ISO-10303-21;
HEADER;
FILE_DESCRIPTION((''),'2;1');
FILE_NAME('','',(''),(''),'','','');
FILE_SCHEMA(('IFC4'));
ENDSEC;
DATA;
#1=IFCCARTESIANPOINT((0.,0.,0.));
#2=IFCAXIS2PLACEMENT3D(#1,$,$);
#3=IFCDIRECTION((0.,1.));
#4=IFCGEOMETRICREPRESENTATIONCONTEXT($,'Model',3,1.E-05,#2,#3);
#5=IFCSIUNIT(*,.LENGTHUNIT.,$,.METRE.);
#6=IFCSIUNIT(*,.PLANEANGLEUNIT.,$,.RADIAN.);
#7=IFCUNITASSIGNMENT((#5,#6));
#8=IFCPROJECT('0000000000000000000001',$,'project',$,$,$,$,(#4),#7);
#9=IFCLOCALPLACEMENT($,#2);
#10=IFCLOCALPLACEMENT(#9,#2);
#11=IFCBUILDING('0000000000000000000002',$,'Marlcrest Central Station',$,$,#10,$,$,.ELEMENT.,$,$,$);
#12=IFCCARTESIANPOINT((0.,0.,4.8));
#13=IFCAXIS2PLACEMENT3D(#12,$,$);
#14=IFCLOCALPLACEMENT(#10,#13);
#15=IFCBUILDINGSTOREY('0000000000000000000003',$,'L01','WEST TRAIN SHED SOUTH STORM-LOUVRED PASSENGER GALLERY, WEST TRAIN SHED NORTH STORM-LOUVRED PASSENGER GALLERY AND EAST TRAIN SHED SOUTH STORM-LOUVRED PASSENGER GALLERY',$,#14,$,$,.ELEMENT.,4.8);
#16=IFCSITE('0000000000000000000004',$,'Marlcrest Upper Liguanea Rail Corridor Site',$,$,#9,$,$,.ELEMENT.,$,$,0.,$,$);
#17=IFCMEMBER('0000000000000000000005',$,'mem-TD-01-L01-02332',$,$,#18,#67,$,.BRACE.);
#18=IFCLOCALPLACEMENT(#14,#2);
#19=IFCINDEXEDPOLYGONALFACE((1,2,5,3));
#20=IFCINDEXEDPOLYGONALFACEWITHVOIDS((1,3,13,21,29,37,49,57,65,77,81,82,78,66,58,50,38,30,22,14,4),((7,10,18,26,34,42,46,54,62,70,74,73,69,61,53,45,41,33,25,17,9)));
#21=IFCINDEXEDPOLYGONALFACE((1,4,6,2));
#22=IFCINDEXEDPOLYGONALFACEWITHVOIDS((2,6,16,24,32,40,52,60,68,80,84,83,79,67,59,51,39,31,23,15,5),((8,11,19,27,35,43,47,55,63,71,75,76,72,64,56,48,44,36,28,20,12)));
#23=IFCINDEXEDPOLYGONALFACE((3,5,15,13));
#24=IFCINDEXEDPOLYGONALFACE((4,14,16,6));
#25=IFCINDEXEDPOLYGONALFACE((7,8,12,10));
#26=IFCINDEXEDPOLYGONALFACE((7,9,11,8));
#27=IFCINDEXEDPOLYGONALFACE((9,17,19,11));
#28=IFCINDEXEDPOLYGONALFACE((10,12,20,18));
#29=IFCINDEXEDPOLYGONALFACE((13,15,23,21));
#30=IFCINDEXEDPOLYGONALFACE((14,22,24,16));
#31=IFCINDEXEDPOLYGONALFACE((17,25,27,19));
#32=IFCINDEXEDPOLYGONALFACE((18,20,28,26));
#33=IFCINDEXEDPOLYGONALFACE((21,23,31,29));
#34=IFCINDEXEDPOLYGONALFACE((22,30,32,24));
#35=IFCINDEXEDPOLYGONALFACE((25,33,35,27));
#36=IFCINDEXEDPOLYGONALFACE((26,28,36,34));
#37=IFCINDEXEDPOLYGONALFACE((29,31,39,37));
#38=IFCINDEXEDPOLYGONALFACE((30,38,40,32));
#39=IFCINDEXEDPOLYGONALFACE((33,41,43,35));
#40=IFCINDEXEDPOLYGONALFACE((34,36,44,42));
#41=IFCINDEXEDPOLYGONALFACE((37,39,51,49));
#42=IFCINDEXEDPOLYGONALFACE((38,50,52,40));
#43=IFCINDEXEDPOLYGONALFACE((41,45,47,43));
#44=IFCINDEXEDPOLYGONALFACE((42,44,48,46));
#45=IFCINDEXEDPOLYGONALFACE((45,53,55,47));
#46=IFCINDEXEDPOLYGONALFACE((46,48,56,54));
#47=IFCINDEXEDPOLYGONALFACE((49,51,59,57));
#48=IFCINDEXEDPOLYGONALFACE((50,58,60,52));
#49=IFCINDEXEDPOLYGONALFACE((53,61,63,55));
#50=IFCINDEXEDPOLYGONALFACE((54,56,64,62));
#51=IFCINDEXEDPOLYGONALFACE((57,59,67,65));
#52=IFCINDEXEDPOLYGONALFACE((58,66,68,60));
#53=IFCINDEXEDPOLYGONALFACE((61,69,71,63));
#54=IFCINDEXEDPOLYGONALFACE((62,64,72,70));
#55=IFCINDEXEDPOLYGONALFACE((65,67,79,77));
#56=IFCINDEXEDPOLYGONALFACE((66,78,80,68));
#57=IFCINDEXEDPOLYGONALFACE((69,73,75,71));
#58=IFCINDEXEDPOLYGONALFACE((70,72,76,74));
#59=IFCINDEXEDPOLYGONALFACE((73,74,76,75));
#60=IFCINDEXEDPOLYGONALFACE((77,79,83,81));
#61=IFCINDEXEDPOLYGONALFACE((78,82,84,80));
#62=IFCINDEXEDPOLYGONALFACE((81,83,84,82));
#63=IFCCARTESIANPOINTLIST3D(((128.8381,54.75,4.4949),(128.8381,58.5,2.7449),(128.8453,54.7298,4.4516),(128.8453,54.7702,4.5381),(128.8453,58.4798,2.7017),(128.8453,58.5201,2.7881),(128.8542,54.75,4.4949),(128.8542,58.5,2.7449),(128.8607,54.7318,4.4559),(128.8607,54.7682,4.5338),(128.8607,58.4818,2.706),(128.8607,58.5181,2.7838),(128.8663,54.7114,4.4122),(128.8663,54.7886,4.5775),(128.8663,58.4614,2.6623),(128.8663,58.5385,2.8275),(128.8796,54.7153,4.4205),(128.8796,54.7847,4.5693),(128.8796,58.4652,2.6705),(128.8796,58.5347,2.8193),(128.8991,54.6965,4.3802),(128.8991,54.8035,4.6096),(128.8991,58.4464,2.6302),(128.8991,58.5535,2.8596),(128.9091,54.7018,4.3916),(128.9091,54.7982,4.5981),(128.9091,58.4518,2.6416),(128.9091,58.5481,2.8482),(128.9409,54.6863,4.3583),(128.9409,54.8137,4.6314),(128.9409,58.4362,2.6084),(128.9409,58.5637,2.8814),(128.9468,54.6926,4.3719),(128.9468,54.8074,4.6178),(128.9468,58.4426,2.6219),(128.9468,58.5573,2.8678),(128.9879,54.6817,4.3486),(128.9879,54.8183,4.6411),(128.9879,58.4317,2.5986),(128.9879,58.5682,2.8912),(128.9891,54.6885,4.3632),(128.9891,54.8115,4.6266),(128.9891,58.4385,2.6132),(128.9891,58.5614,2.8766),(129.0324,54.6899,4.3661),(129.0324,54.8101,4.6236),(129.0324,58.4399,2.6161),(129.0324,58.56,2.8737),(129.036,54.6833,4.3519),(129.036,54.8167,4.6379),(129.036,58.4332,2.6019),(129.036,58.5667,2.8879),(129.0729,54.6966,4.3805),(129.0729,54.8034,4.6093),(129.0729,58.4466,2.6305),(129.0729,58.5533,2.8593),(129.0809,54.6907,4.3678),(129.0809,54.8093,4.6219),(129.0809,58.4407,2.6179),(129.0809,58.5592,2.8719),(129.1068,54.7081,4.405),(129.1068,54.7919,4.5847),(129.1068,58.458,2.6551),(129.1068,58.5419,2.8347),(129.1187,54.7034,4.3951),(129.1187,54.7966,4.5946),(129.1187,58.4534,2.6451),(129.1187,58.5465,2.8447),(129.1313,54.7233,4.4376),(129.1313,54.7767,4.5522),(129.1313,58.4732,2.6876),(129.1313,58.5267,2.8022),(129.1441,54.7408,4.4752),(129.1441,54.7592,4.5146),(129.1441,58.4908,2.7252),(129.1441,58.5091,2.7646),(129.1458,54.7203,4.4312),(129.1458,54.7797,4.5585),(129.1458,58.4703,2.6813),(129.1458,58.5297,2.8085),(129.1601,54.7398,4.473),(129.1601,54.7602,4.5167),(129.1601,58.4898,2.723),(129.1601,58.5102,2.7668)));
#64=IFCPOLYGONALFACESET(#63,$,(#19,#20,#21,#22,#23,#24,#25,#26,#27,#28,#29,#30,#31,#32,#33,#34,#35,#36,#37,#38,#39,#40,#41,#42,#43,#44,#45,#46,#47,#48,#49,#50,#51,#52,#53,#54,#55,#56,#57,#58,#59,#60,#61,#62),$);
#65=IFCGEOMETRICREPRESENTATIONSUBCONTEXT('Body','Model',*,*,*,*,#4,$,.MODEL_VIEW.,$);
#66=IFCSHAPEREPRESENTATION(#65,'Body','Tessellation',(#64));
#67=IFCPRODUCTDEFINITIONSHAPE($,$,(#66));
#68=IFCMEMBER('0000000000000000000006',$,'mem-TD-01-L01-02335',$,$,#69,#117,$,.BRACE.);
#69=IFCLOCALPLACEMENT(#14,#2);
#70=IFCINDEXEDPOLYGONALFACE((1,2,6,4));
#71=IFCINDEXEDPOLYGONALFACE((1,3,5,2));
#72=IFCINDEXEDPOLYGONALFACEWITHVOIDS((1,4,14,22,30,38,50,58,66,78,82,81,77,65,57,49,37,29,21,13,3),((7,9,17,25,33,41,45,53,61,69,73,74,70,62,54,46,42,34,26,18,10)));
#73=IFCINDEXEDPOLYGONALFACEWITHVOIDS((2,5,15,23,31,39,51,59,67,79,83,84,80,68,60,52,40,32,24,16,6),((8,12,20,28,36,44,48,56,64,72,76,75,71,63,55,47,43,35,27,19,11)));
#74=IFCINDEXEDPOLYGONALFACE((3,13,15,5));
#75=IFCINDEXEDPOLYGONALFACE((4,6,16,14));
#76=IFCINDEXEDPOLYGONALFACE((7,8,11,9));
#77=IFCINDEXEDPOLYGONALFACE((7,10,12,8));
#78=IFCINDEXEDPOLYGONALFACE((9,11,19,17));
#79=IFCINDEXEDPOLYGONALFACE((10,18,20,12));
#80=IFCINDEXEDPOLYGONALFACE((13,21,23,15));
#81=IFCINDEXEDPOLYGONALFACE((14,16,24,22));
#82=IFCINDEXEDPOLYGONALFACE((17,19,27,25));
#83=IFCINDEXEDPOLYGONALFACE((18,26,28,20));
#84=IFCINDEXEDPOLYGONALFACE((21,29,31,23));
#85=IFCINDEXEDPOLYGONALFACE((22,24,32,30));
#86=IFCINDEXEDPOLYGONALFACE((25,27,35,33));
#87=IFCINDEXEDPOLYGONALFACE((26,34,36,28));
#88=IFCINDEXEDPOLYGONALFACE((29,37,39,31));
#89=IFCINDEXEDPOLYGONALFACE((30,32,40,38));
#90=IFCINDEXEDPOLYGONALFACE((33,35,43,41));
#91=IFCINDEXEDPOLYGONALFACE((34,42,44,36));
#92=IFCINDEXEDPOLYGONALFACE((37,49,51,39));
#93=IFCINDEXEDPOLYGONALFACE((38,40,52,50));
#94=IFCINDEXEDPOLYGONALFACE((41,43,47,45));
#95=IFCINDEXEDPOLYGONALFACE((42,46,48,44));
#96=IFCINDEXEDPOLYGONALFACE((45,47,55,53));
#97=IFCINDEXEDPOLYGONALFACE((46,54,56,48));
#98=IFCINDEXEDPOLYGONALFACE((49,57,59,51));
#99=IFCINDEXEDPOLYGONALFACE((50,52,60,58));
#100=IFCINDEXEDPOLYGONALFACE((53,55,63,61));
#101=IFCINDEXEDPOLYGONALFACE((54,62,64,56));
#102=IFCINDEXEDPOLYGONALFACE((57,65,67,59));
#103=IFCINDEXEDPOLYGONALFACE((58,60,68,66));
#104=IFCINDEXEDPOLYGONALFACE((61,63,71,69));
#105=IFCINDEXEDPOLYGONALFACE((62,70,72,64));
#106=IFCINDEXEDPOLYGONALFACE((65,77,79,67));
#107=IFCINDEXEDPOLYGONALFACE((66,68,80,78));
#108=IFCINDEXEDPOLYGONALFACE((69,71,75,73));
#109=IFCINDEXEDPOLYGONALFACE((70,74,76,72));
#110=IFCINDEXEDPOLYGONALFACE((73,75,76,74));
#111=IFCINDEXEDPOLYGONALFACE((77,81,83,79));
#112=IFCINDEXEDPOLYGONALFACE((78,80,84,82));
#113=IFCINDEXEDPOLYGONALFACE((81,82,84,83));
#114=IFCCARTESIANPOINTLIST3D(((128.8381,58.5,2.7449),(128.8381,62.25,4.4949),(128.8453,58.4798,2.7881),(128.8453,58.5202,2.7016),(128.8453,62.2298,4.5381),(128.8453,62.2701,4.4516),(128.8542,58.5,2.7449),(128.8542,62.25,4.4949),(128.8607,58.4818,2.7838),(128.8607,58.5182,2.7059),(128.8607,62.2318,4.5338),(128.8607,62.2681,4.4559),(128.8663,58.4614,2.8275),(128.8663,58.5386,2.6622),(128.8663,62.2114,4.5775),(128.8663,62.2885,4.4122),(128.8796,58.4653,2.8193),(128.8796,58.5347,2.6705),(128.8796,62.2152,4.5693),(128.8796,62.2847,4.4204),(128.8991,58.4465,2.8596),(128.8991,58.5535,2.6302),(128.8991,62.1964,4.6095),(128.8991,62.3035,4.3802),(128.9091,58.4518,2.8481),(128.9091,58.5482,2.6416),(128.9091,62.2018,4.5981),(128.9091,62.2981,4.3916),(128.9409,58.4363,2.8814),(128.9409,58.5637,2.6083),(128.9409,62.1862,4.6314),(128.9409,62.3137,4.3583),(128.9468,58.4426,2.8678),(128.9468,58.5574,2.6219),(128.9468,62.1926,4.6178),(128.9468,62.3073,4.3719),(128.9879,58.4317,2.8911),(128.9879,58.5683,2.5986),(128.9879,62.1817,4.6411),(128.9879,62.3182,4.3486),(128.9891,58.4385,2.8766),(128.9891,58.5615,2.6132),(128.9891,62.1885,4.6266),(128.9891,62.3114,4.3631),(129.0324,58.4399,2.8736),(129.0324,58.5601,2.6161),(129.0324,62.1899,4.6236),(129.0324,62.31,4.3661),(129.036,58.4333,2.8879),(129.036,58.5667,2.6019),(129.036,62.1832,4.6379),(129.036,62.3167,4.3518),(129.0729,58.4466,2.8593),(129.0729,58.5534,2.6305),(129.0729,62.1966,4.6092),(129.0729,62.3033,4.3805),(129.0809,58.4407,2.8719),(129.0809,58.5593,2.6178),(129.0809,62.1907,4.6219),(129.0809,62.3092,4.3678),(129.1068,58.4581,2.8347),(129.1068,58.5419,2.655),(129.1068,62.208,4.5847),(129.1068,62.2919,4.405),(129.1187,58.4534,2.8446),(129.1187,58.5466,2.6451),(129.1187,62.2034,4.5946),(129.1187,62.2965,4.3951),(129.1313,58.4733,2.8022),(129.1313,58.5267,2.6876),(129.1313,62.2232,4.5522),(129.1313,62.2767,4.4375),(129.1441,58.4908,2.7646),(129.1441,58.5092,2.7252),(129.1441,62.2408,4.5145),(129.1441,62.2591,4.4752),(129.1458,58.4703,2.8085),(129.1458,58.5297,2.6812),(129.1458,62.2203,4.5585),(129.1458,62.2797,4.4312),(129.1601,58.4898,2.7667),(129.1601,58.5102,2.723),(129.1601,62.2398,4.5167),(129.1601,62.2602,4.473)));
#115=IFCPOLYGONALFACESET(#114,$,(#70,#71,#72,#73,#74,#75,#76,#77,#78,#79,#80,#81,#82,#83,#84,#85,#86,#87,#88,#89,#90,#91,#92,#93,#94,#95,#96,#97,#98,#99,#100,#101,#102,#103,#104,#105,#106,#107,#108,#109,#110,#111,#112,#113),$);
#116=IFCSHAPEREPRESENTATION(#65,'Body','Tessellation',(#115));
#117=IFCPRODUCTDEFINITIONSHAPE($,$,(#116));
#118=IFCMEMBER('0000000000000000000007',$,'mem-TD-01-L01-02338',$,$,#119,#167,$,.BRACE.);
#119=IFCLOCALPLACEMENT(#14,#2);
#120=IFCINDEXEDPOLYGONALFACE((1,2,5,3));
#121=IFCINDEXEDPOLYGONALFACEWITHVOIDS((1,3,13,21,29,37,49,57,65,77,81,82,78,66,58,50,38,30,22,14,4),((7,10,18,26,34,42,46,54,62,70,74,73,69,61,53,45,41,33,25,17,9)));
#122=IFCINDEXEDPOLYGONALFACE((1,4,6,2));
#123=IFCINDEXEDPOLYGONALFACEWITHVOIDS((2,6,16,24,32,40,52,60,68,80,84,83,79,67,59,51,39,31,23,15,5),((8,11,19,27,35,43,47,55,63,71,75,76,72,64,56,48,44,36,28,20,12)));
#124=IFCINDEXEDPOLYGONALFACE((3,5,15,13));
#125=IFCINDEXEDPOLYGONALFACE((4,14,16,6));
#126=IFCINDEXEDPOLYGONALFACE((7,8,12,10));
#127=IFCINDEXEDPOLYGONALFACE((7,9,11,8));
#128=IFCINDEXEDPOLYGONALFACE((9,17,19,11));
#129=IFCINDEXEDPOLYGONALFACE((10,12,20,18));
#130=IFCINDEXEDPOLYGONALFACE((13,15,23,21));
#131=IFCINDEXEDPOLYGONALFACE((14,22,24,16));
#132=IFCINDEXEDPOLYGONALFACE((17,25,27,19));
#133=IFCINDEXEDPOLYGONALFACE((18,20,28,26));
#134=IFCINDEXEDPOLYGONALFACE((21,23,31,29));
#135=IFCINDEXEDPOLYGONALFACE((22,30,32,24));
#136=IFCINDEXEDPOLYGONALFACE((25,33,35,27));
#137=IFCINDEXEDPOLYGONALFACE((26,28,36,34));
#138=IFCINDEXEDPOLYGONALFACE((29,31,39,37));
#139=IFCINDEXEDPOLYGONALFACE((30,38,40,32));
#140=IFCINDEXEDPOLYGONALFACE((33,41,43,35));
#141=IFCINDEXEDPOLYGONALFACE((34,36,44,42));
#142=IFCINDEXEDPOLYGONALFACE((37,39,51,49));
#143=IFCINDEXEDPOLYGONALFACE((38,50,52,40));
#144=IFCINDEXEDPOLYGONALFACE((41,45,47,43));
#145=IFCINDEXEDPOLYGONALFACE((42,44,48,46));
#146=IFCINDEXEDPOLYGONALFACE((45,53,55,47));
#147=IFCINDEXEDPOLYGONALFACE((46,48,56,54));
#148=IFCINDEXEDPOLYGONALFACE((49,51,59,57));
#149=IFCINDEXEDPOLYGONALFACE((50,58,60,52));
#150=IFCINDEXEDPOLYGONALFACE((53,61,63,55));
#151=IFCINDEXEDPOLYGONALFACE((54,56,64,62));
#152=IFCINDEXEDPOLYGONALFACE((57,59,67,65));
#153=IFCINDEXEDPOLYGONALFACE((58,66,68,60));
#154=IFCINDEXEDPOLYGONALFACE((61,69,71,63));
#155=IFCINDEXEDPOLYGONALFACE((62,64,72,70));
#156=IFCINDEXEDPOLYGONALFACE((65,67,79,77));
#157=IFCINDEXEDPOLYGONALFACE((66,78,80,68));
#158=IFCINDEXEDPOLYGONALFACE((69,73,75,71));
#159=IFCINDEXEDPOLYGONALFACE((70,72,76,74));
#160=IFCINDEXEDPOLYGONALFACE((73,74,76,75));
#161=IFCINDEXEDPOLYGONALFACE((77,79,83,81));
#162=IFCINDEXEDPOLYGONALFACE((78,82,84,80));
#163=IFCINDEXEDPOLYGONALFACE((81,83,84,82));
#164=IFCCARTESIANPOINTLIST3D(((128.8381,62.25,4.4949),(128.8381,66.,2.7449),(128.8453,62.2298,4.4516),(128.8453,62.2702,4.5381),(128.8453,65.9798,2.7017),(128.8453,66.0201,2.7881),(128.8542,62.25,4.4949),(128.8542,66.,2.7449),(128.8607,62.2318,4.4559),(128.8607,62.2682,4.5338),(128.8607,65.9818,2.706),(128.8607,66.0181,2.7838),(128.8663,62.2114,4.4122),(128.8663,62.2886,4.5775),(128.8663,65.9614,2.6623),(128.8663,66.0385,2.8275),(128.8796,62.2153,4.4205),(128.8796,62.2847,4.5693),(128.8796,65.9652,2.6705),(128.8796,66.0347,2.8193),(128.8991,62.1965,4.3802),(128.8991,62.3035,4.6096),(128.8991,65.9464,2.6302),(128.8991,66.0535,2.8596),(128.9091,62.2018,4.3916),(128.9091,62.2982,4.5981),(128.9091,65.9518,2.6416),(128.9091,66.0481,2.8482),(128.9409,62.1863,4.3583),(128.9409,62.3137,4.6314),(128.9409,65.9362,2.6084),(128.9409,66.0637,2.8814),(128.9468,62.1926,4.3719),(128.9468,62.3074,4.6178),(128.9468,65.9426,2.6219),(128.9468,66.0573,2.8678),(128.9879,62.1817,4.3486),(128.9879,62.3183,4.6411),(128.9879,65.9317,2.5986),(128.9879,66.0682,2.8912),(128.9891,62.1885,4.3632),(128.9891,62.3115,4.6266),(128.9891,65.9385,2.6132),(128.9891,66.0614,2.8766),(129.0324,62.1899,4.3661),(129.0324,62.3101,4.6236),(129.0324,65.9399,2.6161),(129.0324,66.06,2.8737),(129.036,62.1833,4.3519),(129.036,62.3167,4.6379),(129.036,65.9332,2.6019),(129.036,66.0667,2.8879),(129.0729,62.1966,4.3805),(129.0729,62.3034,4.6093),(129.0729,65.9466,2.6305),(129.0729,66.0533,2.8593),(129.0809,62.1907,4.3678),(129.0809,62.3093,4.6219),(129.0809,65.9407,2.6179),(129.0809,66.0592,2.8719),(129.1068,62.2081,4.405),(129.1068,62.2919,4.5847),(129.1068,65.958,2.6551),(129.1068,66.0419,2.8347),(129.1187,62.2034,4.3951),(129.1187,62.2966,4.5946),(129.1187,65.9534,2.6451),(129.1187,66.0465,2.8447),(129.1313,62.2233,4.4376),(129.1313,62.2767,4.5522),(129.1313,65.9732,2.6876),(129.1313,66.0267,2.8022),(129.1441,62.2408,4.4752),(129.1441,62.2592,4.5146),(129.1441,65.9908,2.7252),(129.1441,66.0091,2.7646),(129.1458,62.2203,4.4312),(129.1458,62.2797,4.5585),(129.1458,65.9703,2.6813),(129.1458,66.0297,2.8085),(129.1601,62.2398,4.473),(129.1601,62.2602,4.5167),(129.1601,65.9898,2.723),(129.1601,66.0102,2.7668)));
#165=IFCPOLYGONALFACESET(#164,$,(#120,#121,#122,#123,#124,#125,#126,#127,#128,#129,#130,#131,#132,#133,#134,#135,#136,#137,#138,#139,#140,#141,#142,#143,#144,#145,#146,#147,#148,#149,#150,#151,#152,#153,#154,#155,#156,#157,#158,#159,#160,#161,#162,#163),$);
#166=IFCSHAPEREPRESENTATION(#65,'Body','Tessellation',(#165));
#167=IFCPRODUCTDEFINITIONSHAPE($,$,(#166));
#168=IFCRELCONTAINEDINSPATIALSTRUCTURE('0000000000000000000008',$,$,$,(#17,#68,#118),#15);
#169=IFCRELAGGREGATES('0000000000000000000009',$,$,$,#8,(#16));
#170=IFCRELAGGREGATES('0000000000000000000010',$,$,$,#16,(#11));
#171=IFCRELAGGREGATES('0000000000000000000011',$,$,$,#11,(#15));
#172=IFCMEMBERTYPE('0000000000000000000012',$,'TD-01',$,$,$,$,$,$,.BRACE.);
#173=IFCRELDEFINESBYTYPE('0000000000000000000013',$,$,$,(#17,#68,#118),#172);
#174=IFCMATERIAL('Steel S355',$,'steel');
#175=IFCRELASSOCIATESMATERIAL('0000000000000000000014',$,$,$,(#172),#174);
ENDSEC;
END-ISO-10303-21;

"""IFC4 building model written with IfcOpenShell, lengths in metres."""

from ifc_helpers import new_model, si_unit, direction, frame, origin, origin_2d, place, context, subcontext, project, spatial, hollow_circle, extrude, material, material_profile, profile_set, type_object, element, save


model = new_model("IFC4")

# Units and contexts
model_context = context("Model", 3, precision=1e-05, world=origin(), true_north=direction((0.0, 1.0)))
body_context = subcontext(model_context, "Body", "Model", "MODEL_VIEW")
ifc_project = project(units=[si_unit("LENGTHUNIT", "METRE"), si_unit("PLANEANGLEUNIT", "RADIAN")], contexts=[model_context])

# Site, building, storey
site_placement = place(None, origin())
site = spatial("IfcSite", under=ifc_project, at=site_placement, Name="Marlcrest Upper Liguanea Rail Corridor Site", CompositionType="ELEMENT", RefElevation=0.0)
building_placement = place(site_placement, origin())
building = spatial("IfcBuilding", under=site, at=building_placement, Name="Marlcrest Central Station", CompositionType="ELEMENT")
storey_placement = place(building_placement, frame((0.0, 0.0, 4.8)))
storey = spatial("IfcBuildingStorey", under=building, at=storey_placement, Name="L01", Description="WEST TRAIN SHED SOUTH STORM-LOUVRED PASSENGER GALLERY, WEST TRAIN SHED NORTH STORM-LOUVRED PASSENGER GALLERY AND EAST TRAIN SHED SOUTH STORM-LOUVRED PASSENGER GALLERY", CompositionType="ELEMENT", Elevation=4.8)

# Shared definitions
ifc_material = material(Name="Steel S355", Category="steel")

# Members
ifc_material_profile_1 = material_profile(ifc_material, hollow_circle(Radius=0.1619, WallThickness=0.0161, at=origin_2d()), Name="CHS 323.9x16")
ifc_profile_set_1 = profile_set([ifc_material_profile_1], Name="Steel S355")
member_type_1 = type_object("IfcMemberType", Name="TD-01", PredefinedType="BRACE", material=ifc_profile_set_1)
for number, where, z_axis, x_axis, name in (
    (1, (129.0, 54.75, 4.4949), (0.0, 0.906183, -0.422885), (-1.0, 0.0, 0.0), "mem-TD-01-L01-02332"),
    (2, (129.0, 58.5, 2.7449), (0.0, 0.906183, 0.422885), (-1.0, 0.0, 0.0), "mem-TD-01-L01-02335"),
    (3, (129.0, 62.25, 4.4949), (0.0, 0.906183, -0.422885), (-1.0, 0.0, 0.0), "mem-TD-01-L01-02338"),
):
    element("IfcMember", number, at=place(storey_placement, frame(where, z_axis=z_axis, x_axis=x_axis)), inside=storey, type_object=member_type_1, Name=name, PredefinedType="BRACE", context=body_context, shape_type="SweptSolid", body=[
        extrude(hollow_circle(Radius=0.1619, WallThickness=0.0161, at=origin_2d()), origin(), (0.0, 0.0, 1.0), 4.1382),
    ])

save(model, "model.ifc")
